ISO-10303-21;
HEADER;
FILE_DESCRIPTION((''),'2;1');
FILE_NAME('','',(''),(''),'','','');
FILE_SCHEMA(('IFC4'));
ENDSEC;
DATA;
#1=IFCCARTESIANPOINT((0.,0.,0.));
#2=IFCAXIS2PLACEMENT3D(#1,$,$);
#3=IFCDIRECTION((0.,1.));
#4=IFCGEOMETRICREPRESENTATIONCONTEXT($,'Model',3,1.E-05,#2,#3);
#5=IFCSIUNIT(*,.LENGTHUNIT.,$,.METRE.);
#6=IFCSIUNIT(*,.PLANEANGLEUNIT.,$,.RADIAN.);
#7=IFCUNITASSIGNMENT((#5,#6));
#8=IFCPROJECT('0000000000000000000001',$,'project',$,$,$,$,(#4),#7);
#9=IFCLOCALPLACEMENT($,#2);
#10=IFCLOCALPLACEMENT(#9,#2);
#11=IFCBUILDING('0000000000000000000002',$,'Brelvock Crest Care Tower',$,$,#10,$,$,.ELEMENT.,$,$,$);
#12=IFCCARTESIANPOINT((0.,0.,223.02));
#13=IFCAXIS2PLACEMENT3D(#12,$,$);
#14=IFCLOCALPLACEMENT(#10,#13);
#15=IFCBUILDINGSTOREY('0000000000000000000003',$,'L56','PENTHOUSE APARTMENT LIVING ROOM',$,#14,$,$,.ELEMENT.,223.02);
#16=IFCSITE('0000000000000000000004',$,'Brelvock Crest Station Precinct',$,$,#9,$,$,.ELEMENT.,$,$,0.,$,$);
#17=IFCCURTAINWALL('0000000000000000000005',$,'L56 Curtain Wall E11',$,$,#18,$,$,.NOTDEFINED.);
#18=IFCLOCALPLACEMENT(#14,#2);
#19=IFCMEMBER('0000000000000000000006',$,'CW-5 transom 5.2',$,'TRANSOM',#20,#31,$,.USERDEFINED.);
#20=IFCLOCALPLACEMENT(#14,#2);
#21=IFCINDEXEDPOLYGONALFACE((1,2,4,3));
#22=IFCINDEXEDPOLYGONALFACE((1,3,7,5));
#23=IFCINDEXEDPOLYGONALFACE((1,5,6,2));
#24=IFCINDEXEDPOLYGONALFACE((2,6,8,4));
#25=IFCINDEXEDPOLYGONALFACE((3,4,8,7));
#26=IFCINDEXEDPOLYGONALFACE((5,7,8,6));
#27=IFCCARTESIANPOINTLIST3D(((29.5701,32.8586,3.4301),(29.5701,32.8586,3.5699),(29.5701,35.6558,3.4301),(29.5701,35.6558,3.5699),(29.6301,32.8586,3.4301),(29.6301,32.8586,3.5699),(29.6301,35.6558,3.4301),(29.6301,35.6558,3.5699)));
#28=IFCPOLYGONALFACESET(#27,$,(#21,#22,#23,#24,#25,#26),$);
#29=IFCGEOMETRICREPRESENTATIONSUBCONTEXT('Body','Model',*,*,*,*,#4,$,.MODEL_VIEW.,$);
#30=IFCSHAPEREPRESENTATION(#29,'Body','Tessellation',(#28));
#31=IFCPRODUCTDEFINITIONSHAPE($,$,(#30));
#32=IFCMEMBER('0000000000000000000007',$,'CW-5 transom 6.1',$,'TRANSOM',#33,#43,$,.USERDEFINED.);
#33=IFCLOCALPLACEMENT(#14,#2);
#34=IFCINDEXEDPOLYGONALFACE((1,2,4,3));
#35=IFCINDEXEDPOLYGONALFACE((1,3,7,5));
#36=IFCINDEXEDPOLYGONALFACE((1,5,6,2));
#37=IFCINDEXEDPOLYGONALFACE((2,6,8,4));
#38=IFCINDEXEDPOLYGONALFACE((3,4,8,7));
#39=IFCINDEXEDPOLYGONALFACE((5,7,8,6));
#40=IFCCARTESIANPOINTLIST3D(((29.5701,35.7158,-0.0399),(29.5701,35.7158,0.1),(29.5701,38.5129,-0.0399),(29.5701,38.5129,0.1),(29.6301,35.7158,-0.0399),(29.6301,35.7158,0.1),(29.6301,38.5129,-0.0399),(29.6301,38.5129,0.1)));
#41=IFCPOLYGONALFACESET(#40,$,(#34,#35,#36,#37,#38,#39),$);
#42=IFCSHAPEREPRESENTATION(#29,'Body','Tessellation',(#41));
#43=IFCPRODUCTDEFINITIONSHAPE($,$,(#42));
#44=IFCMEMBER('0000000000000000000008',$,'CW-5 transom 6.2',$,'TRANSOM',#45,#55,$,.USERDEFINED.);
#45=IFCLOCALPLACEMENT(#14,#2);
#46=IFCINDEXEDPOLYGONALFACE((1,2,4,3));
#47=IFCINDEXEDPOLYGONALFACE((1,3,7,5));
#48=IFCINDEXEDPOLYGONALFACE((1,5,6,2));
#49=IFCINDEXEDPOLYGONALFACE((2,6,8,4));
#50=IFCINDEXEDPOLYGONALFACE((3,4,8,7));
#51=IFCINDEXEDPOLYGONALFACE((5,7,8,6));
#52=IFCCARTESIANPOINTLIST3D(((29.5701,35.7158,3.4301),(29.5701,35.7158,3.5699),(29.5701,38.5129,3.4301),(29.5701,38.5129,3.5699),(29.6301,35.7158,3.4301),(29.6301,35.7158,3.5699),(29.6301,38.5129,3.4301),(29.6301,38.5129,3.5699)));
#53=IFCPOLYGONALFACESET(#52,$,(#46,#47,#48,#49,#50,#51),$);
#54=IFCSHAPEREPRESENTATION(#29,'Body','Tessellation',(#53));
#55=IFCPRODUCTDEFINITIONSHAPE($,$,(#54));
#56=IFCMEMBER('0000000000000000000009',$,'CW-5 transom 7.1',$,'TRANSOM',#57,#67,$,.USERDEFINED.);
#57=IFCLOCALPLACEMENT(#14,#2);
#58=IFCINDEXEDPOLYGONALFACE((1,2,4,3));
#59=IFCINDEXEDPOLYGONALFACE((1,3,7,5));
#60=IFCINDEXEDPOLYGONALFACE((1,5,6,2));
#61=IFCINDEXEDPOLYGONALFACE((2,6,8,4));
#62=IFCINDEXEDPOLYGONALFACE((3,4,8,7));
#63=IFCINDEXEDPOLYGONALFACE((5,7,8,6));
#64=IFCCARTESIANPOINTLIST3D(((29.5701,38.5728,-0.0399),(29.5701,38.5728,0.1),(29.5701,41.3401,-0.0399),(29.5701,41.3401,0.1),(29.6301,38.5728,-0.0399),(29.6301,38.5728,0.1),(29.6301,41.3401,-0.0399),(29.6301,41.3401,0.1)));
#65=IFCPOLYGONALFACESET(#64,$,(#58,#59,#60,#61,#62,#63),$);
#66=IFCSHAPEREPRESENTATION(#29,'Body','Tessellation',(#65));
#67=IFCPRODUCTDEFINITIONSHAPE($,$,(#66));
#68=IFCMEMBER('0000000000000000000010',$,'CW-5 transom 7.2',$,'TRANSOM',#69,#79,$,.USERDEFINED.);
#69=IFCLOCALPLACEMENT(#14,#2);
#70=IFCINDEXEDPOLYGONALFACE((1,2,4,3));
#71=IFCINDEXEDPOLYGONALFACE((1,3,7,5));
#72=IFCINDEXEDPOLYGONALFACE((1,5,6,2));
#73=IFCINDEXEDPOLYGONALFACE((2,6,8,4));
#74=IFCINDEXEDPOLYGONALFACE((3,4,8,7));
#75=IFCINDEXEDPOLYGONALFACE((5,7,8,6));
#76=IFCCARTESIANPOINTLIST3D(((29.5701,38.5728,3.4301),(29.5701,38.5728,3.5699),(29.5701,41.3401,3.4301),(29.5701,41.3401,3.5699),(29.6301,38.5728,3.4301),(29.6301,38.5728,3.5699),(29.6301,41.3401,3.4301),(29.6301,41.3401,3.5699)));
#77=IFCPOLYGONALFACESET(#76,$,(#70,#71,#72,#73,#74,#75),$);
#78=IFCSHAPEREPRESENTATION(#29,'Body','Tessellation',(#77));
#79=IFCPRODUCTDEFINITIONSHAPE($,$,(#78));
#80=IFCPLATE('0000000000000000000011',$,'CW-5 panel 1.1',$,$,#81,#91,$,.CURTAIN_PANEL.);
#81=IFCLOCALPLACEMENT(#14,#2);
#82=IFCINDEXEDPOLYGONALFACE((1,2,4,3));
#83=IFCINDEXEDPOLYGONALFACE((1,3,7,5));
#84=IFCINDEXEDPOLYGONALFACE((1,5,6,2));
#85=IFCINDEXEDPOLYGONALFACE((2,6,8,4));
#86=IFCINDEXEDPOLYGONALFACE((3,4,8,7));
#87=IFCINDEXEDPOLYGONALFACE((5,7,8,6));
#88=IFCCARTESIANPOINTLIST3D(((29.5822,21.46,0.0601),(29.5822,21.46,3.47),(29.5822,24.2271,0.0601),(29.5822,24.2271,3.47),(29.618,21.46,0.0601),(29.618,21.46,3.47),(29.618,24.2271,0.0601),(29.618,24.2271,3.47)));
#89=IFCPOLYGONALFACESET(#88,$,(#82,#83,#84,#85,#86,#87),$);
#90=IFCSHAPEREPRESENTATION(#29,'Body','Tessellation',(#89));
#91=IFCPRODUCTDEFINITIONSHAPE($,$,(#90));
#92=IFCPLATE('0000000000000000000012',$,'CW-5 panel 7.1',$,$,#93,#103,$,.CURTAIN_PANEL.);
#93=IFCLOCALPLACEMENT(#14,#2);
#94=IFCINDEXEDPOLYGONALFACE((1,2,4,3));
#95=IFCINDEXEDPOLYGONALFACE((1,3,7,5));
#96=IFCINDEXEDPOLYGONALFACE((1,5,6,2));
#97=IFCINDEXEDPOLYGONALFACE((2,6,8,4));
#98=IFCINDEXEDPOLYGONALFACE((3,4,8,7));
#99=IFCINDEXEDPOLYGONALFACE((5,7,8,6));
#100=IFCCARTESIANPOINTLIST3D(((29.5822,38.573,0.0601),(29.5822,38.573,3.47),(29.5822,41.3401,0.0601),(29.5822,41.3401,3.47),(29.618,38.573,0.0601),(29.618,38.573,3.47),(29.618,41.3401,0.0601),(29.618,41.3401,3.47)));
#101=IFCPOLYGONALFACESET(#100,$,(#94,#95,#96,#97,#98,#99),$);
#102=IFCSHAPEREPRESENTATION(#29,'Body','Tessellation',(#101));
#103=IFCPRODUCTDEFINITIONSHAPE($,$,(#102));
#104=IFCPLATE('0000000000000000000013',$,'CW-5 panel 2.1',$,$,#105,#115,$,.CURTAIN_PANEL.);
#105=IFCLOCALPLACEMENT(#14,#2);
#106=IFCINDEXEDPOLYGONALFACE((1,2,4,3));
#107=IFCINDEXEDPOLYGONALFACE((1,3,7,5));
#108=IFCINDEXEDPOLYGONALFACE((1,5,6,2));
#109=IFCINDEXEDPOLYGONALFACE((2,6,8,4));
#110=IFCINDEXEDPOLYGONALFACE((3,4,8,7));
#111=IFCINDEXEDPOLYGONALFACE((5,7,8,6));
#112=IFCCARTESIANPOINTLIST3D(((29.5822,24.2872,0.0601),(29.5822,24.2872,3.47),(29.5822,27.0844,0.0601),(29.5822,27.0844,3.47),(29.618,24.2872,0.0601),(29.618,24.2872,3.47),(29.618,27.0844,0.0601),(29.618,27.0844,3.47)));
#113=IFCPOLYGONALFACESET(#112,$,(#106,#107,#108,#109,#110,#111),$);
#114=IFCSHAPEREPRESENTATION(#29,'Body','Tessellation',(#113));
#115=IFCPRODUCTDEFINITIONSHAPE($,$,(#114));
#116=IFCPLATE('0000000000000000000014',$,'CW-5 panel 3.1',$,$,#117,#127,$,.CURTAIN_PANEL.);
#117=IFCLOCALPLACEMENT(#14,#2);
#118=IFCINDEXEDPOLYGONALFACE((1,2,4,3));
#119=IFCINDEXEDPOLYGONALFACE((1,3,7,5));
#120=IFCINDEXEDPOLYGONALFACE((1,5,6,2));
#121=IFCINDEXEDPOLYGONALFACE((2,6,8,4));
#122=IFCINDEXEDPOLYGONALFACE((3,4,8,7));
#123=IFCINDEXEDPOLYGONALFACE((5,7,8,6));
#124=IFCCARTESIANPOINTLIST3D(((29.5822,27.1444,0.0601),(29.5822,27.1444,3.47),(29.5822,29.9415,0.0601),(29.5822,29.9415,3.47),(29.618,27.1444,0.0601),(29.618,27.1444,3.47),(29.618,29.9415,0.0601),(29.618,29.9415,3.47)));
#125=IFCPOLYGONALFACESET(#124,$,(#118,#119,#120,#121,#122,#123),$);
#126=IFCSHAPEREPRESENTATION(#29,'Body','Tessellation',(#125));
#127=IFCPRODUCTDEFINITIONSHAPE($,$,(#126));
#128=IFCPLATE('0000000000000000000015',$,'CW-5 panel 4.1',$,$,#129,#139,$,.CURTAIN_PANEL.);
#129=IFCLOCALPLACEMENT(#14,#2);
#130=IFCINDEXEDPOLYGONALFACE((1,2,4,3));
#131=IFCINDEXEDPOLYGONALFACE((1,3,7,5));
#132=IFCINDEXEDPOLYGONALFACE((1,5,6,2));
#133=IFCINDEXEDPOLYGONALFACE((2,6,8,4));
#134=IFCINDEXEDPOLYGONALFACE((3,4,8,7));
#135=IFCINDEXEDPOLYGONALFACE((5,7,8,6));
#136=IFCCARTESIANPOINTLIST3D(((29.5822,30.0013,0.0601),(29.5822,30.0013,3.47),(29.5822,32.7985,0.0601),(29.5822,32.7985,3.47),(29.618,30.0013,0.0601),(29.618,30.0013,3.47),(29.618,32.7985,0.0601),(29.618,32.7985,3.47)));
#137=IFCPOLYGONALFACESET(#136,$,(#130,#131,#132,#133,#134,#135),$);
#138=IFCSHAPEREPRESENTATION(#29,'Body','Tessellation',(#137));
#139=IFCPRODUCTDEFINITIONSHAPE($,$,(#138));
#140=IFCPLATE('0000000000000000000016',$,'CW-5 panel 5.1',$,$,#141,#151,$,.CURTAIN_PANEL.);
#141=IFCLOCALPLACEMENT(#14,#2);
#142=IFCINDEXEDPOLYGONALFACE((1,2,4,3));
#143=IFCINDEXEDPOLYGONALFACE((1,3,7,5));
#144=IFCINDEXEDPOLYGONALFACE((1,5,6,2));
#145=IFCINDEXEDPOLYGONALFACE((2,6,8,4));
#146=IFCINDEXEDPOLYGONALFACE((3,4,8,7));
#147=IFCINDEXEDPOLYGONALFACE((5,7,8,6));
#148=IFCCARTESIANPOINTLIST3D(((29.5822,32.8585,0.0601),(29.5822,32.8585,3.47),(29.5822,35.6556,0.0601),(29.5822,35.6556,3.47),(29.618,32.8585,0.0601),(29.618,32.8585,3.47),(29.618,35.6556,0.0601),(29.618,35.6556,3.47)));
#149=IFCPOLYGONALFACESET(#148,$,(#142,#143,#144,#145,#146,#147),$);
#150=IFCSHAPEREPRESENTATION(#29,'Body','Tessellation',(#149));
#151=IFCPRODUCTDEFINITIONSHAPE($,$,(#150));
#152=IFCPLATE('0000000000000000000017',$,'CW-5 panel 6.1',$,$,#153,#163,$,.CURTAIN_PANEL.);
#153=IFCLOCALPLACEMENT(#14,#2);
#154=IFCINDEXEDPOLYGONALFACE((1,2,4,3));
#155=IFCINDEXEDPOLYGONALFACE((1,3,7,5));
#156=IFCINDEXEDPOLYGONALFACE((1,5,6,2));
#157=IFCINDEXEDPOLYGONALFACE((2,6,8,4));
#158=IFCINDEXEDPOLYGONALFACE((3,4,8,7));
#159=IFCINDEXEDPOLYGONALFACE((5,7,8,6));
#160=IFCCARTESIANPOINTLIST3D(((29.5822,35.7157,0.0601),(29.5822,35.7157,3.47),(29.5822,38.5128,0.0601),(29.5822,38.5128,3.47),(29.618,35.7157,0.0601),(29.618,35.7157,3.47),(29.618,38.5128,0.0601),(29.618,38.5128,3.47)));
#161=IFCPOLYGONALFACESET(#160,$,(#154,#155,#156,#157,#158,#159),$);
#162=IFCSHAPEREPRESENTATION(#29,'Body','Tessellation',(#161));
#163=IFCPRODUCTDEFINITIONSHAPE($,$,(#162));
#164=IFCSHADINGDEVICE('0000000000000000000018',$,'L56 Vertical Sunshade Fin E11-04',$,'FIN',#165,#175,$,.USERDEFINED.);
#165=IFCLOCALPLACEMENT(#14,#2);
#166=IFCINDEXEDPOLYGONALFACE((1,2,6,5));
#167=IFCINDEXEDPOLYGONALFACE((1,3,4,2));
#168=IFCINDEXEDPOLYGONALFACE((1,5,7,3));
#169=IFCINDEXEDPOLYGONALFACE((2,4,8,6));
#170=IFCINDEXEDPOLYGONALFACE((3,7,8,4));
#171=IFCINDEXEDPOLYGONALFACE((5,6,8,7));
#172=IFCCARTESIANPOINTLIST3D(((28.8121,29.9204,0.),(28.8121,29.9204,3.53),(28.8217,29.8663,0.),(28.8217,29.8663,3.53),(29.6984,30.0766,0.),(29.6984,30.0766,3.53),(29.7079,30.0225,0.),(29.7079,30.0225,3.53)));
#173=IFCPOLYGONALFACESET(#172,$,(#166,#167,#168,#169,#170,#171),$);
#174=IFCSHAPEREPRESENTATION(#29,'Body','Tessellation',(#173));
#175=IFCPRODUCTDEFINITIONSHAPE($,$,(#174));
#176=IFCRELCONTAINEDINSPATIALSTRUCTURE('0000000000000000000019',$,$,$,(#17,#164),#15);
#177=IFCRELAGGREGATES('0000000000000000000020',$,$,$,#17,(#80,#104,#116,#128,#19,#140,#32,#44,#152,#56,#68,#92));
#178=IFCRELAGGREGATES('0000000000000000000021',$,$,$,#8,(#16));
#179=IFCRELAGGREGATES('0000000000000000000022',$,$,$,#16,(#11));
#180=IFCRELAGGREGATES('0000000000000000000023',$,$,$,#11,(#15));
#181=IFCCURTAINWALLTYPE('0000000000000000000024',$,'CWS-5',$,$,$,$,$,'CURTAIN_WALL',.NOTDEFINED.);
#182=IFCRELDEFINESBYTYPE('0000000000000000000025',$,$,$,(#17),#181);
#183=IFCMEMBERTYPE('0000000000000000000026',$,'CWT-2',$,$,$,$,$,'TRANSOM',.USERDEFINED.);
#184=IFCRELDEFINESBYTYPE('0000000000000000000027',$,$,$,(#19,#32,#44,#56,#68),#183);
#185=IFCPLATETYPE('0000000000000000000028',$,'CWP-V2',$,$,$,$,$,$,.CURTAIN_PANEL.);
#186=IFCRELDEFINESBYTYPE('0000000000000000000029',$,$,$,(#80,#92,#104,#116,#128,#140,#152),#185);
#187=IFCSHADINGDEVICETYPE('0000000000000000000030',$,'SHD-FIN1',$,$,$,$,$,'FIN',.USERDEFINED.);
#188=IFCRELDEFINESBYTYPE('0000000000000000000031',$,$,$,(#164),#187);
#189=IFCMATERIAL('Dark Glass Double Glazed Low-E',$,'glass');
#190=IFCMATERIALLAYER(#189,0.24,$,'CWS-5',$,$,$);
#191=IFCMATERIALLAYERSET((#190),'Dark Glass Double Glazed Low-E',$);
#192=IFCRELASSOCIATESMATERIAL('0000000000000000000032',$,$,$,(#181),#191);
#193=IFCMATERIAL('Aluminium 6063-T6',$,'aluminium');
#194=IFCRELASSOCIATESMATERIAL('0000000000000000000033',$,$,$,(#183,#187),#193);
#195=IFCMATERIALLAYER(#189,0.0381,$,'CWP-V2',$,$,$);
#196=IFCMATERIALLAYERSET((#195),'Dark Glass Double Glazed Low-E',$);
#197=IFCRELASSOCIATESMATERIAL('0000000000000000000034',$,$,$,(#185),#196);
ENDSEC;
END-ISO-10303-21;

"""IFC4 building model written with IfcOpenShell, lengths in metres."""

from ifc_helpers import new_model, si_unit, direction, frame, origin, origin_2d, place, context, subcontext, project, spatial, rectangle, extrude, source, transform, mapped, material, layer, layer_set, material_profile, profile_set, type_object, element, aggregate, save


model = new_model("IFC4")

# Units and contexts
model_context = context("Model", 3, precision=1e-05, world=origin(), true_north=direction((0.0, 1.0)))
body_context = subcontext(model_context, "Body", "Model", "MODEL_VIEW")
ifc_project = project(units=[si_unit("LENGTHUNIT", "METRE"), si_unit("PLANEANGLEUNIT", "RADIAN")], contexts=[model_context])

# Site, building, storey
site_placement = place(None, origin())
site = spatial("IfcSite", under=ifc_project, at=site_placement, Name="Brelvock Crest Station Precinct", CompositionType="ELEMENT", RefElevation=0.0)
building_placement = place(site_placement, origin())
building = spatial("IfcBuilding", under=site, at=building_placement, Name="Brelvock Crest Care Tower", CompositionType="ELEMENT")
storey_placement = place(building_placement, frame((0.0, 0.0, 223.02)))
storey = spatial("IfcBuildingStorey", under=building, at=storey_placement, Name="L56", Description="PENTHOUSE APARTMENT LIVING ROOM", CompositionType="ELEMENT", Elevation=223.02)

# Curtain wall, members, plates
ifc_material_1 = material(Name="Dark Glass Double Glazed Low-E", Category="glass")
ifc_layer_1 = layer(ifc_material_1, 0.24, Name="CWS-5")
ifc_layer_set_1 = layer_set([ifc_layer_1], Name="Dark Glass Double Glazed Low-E")
curtain_wall_type = type_object("IfcCurtainWallType", Name="CWS-5", ElementType="CURTAIN_WALL", PredefinedType="NOTDEFINED", material=ifc_layer_set_1)
curtain_wall_placement = place(storey_placement, origin())
curtain_wall = element("IfcCurtainWall", 1, at=curtain_wall_placement, inside=storey, type_object=curtain_wall_type, Name="L56 Curtain Wall E11", PredefinedType="NOTDEFINED")
ifc_material_2 = material(Name="Aluminium 6063-T6", Category="aluminium")
ifc_material_profile_1 = material_profile(ifc_material_2, rectangle(XDim=0.0601, YDim=0.1399, at=origin_2d()), Name="ALU60x140")
ifc_profile_set_1 = profile_set([ifc_material_profile_1], Name="Aluminium 6063-T6")
member_type_1 = type_object("IfcMemberType", Name="CWT-2", ElementType="TRANSOM", PredefinedType="USERDEFINED", material=ifc_profile_set_1)
shared_shape_1 = source(origin(), body_context, "Body", "SweptSolid", [
    extrude(rectangle(XDim=0.0601, YDim=0.1399, at=origin_2d()), origin(), (0.0, 0.0, 1.0), 2.7971),
])
member_1_placement = place(storey_placement, frame((29.6001, 32.8586, 3.5), z_axis=(0.0, 1.0, 0.0), x_axis=(-1.0, 0.0, 0.0)))
member_1 = element("IfcMember", 2, at=member_1_placement, type_object=member_type_1, Name="CW-5 transom 5.2", ObjectType="TRANSOM", PredefinedType="USERDEFINED", context=body_context, shape_type="MappedRepresentation", body=[
    mapped(shared_shape_1, transform((0.0, 0.0, 0.0), x_axis=(1.0, 0.0, 0.0), y_axis=(0.0, 1.0, 0.0), z_axis=(0.0, 0.0, 1.0), scale=1.0)),
])
member_2_placement = place(storey_placement, frame((29.6001, 35.7158, 0.03), z_axis=(0.0, 1.0, 0.0), x_axis=(-1.0, 0.0, 0.0)))
member_2 = element("IfcMember", 3, at=member_2_placement, type_object=member_type_1, Name="CW-5 transom 6.1", ObjectType="TRANSOM", PredefinedType="USERDEFINED", context=body_context, shape_type="MappedRepresentation", body=[
    mapped(shared_shape_1, transform((0.0, 0.0, 0.0), x_axis=(1.0, 0.0, 0.0), y_axis=(0.0, 1.0, 0.0), z_axis=(0.0, 0.0, 1.0), scale=1.0)),
])
member_3_placement = place(storey_placement, frame((29.6001, 35.7158, 3.5), z_axis=(0.0, 1.0, 0.0), x_axis=(-1.0, 0.0, 0.0)))
member_3 = element("IfcMember", 4, at=member_3_placement, type_object=member_type_1, Name="CW-5 transom 6.2", ObjectType="TRANSOM", PredefinedType="USERDEFINED", context=body_context, shape_type="MappedRepresentation", body=[
    mapped(shared_shape_1, transform((0.0, 0.0, 0.0), x_axis=(1.0, 0.0, 0.0), y_axis=(0.0, 1.0, 0.0), z_axis=(0.0, 0.0, 1.0), scale=1.0)),
])
shared_shape_2 = source(origin(), body_context, "Body", "SweptSolid", [
    extrude(rectangle(XDim=0.0601, YDim=0.1399, at=origin_2d()), origin(), (0.0, 0.0, 1.0), 2.7673),
])
member_4_placement = place(storey_placement, frame((29.6001, 38.5728, 0.03), z_axis=(0.0, 1.0, 0.0), x_axis=(-1.0, 0.0, 0.0)))
member_4 = element("IfcMember", 5, at=member_4_placement, type_object=member_type_1, Name="CW-5 transom 7.1", ObjectType="TRANSOM", PredefinedType="USERDEFINED", context=body_context, shape_type="MappedRepresentation", body=[
    mapped(shared_shape_2, transform((0.0, 0.0, 0.0), x_axis=(1.0, 0.0, 0.0), y_axis=(0.0, 1.0, 0.0), z_axis=(0.0, 0.0, 1.0), scale=1.0)),
])
member_5_placement = place(storey_placement, frame((29.6001, 38.5728, 3.5), z_axis=(0.0, 1.0, 0.0), x_axis=(-1.0, 0.0, 0.0)))
member_5 = element("IfcMember", 6, at=member_5_placement, type_object=member_type_1, Name="CW-5 transom 7.2", ObjectType="TRANSOM", PredefinedType="USERDEFINED", context=body_context, shape_type="MappedRepresentation", body=[
    mapped(shared_shape_2, transform((0.0, 0.0, 0.0), x_axis=(1.0, 0.0, 0.0), y_axis=(0.0, 1.0, 0.0), z_axis=(0.0, 0.0, 1.0), scale=1.0)),
])
ifc_layer_2 = layer(ifc_material_1, 0.0381, Name="CWP-V2")
ifc_layer_set_2 = layer_set([ifc_layer_2], Name="Dark Glass Double Glazed Low-E")
plate_type = type_object("IfcPlateType", Name="CWP-V2", PredefinedType="CURTAIN_PANEL", material=ifc_layer_set_2)
shared_shape_3 = source(origin(), body_context, "Body", "SweptSolid", [
    extrude(rectangle(XDim=2.7671, YDim=0.0359, at=origin_2d()), origin(), (0.0, 0.0, 1.0), 3.4099),
])
plate_1_placement = place(storey_placement, frame((29.6001, 22.8435, 0.0601), z_axis=(0.0, 0.0, 1.0), x_axis=(0.0, 1.0, 0.0)))
plate_1 = element("IfcPlate", 7, at=plate_1_placement, type_object=plate_type, Name="CW-5 panel 1.1", PredefinedType="CURTAIN_PANEL", context=body_context, shape_type="MappedRepresentation", body=[
    mapped(shared_shape_3, transform((0.0, 0.0, 0.0), x_axis=(1.0, 0.0, 0.0), y_axis=(0.0, 1.0, 0.0), z_axis=(0.0, 0.0, 1.0), scale=1.0)),
])
plate_2_placement = place(storey_placement, frame((29.6001, 39.9565, 0.0601), z_axis=(0.0, 0.0, 1.0), x_axis=(0.0, 1.0, 0.0)))
plate_2 = element("IfcPlate", 8, at=plate_2_placement, type_object=plate_type, Name="CW-5 panel 7.1", PredefinedType="CURTAIN_PANEL", context=body_context, shape_type="MappedRepresentation", body=[
    mapped(shared_shape_3, transform((0.0, 0.0, 0.0), x_axis=(1.0, 0.0, 0.0), y_axis=(0.0, 1.0, 0.0), z_axis=(0.0, 0.0, 1.0), scale=1.0)),
])
shared_shape_4 = source(origin(), body_context, "Body", "SweptSolid", [
    extrude(rectangle(XDim=2.7971, YDim=0.0359, at=origin_2d()), origin(), (0.0, 0.0, 1.0), 3.4099),
])
plate_3_placement = place(storey_placement, frame((29.6001, 25.6858, 0.0601), z_axis=(0.0, 0.0, 1.0), x_axis=(0.0, 1.0, 0.0)))
plate_3 = element("IfcPlate", 9, at=plate_3_placement, type_object=plate_type, Name="CW-5 panel 2.1", PredefinedType="CURTAIN_PANEL", context=body_context, shape_type="MappedRepresentation", body=[
    mapped(shared_shape_4, transform((0.0, 0.0, 0.0), x_axis=(1.0, 0.0, 0.0), y_axis=(0.0, 1.0, 0.0), z_axis=(0.0, 0.0, 1.0), scale=1.0)),
])
plate_4_placement = place(storey_placement, frame((29.6001, 28.543, 0.0601), z_axis=(0.0, 0.0, 1.0), x_axis=(0.0, 1.0, 0.0)))
plate_4 = element("IfcPlate", 10, at=plate_4_placement, type_object=plate_type, Name="CW-5 panel 3.1", PredefinedType="CURTAIN_PANEL", context=body_context, shape_type="MappedRepresentation", body=[
    mapped(shared_shape_4, transform((0.0, 0.0, 0.0), x_axis=(1.0, 0.0, 0.0), y_axis=(0.0, 1.0, 0.0), z_axis=(0.0, 0.0, 1.0), scale=1.0)),
])
plate_5_placement = place(storey_placement, frame((29.6001, 31.3999, 0.0601), z_axis=(0.0, 0.0, 1.0), x_axis=(0.0, 1.0, 0.0)))
plate_5 = element("IfcPlate", 11, at=plate_5_placement, type_object=plate_type, Name="CW-5 panel 4.1", PredefinedType="CURTAIN_PANEL", context=body_context, shape_type="MappedRepresentation", body=[
    mapped(shared_shape_4, transform((0.0, 0.0, 0.0), x_axis=(1.0, 0.0, 0.0), y_axis=(0.0, 1.0, 0.0), z_axis=(0.0, 0.0, 1.0), scale=1.0)),
])
plate_6_placement = place(storey_placement, frame((29.6001, 34.2571, 0.0601), z_axis=(0.0, 0.0, 1.0), x_axis=(0.0, 1.0, 0.0)))
plate_6 = element("IfcPlate", 12, at=plate_6_placement, type_object=plate_type, Name="CW-5 panel 5.1", PredefinedType="CURTAIN_PANEL", context=body_context, shape_type="MappedRepresentation", body=[
    mapped(shared_shape_4, transform((0.0, 0.0, 0.0), x_axis=(1.0, 0.0, 0.0), y_axis=(0.0, 1.0, 0.0), z_axis=(0.0, 0.0, 1.0), scale=1.0)),
])
plate_7_placement = place(storey_placement, frame((29.6001, 37.1143, 0.0601), z_axis=(0.0, 0.0, 1.0), x_axis=(0.0, 1.0, 0.0)))
plate_7 = element("IfcPlate", 13, at=plate_7_placement, type_object=plate_type, Name="CW-5 panel 6.1", PredefinedType="CURTAIN_PANEL", context=body_context, shape_type="MappedRepresentation", body=[
    mapped(shared_shape_4, transform((0.0, 0.0, 0.0), x_axis=(1.0, 0.0, 0.0), y_axis=(0.0, 1.0, 0.0), z_axis=(0.0, 0.0, 1.0), scale=1.0)),
])
aggregate(curtain_wall, [plate_1, plate_3, plate_4, plate_5, member_1, plate_6, member_2, member_3, plate_7, member_4, member_5, plate_2])

# Shading device
ifc_material_profile_2 = material_profile(ifc_material_2, rectangle(XDim=0.0549, YDim=0.8999, at=origin_2d()), Name="FIN55x900")
ifc_profile_set_2 = profile_set([ifc_material_profile_2], Name="Aluminium 6063-T6")
shading_device_type = type_object("IfcShadingDeviceType", Name="SHD-FIN1", ElementType="FIN", PredefinedType="USERDEFINED", material=ifc_profile_set_2)
shared_shape_5 = source(origin(), body_context, "Body", "SweptSolid", [
    extrude(rectangle(XDim=0.0549, YDim=0.8999, at=origin_2d()), origin(), (0.0, 0.0, 1.0), 3.53),
])
for number, where, z_axis, x_axis, name in (
    (14, (29.26, 29.9714, 0.0), (0.0, 0.0, 1.0), (-0.173648, 0.984808, 0.0), "L56 Vertical Sunshade Fin E11-04"),
):
    element("IfcShadingDevice", number, at=place(storey_placement, frame(where, z_axis=z_axis, x_axis=x_axis)), inside=storey, type_object=shading_device_type, Name=name, ObjectType="FIN", PredefinedType="USERDEFINED", context=body_context, shape_type="MappedRepresentation", body=[
        mapped(shared_shape_5, transform((0.0, 0.0, 0.0), x_axis=(1.0, 0.0, 0.0), y_axis=(0.0, 1.0, 0.0), z_axis=(0.0, 0.0, 1.0), scale=1.0)),
    ])

save(model, "model.ifc")
